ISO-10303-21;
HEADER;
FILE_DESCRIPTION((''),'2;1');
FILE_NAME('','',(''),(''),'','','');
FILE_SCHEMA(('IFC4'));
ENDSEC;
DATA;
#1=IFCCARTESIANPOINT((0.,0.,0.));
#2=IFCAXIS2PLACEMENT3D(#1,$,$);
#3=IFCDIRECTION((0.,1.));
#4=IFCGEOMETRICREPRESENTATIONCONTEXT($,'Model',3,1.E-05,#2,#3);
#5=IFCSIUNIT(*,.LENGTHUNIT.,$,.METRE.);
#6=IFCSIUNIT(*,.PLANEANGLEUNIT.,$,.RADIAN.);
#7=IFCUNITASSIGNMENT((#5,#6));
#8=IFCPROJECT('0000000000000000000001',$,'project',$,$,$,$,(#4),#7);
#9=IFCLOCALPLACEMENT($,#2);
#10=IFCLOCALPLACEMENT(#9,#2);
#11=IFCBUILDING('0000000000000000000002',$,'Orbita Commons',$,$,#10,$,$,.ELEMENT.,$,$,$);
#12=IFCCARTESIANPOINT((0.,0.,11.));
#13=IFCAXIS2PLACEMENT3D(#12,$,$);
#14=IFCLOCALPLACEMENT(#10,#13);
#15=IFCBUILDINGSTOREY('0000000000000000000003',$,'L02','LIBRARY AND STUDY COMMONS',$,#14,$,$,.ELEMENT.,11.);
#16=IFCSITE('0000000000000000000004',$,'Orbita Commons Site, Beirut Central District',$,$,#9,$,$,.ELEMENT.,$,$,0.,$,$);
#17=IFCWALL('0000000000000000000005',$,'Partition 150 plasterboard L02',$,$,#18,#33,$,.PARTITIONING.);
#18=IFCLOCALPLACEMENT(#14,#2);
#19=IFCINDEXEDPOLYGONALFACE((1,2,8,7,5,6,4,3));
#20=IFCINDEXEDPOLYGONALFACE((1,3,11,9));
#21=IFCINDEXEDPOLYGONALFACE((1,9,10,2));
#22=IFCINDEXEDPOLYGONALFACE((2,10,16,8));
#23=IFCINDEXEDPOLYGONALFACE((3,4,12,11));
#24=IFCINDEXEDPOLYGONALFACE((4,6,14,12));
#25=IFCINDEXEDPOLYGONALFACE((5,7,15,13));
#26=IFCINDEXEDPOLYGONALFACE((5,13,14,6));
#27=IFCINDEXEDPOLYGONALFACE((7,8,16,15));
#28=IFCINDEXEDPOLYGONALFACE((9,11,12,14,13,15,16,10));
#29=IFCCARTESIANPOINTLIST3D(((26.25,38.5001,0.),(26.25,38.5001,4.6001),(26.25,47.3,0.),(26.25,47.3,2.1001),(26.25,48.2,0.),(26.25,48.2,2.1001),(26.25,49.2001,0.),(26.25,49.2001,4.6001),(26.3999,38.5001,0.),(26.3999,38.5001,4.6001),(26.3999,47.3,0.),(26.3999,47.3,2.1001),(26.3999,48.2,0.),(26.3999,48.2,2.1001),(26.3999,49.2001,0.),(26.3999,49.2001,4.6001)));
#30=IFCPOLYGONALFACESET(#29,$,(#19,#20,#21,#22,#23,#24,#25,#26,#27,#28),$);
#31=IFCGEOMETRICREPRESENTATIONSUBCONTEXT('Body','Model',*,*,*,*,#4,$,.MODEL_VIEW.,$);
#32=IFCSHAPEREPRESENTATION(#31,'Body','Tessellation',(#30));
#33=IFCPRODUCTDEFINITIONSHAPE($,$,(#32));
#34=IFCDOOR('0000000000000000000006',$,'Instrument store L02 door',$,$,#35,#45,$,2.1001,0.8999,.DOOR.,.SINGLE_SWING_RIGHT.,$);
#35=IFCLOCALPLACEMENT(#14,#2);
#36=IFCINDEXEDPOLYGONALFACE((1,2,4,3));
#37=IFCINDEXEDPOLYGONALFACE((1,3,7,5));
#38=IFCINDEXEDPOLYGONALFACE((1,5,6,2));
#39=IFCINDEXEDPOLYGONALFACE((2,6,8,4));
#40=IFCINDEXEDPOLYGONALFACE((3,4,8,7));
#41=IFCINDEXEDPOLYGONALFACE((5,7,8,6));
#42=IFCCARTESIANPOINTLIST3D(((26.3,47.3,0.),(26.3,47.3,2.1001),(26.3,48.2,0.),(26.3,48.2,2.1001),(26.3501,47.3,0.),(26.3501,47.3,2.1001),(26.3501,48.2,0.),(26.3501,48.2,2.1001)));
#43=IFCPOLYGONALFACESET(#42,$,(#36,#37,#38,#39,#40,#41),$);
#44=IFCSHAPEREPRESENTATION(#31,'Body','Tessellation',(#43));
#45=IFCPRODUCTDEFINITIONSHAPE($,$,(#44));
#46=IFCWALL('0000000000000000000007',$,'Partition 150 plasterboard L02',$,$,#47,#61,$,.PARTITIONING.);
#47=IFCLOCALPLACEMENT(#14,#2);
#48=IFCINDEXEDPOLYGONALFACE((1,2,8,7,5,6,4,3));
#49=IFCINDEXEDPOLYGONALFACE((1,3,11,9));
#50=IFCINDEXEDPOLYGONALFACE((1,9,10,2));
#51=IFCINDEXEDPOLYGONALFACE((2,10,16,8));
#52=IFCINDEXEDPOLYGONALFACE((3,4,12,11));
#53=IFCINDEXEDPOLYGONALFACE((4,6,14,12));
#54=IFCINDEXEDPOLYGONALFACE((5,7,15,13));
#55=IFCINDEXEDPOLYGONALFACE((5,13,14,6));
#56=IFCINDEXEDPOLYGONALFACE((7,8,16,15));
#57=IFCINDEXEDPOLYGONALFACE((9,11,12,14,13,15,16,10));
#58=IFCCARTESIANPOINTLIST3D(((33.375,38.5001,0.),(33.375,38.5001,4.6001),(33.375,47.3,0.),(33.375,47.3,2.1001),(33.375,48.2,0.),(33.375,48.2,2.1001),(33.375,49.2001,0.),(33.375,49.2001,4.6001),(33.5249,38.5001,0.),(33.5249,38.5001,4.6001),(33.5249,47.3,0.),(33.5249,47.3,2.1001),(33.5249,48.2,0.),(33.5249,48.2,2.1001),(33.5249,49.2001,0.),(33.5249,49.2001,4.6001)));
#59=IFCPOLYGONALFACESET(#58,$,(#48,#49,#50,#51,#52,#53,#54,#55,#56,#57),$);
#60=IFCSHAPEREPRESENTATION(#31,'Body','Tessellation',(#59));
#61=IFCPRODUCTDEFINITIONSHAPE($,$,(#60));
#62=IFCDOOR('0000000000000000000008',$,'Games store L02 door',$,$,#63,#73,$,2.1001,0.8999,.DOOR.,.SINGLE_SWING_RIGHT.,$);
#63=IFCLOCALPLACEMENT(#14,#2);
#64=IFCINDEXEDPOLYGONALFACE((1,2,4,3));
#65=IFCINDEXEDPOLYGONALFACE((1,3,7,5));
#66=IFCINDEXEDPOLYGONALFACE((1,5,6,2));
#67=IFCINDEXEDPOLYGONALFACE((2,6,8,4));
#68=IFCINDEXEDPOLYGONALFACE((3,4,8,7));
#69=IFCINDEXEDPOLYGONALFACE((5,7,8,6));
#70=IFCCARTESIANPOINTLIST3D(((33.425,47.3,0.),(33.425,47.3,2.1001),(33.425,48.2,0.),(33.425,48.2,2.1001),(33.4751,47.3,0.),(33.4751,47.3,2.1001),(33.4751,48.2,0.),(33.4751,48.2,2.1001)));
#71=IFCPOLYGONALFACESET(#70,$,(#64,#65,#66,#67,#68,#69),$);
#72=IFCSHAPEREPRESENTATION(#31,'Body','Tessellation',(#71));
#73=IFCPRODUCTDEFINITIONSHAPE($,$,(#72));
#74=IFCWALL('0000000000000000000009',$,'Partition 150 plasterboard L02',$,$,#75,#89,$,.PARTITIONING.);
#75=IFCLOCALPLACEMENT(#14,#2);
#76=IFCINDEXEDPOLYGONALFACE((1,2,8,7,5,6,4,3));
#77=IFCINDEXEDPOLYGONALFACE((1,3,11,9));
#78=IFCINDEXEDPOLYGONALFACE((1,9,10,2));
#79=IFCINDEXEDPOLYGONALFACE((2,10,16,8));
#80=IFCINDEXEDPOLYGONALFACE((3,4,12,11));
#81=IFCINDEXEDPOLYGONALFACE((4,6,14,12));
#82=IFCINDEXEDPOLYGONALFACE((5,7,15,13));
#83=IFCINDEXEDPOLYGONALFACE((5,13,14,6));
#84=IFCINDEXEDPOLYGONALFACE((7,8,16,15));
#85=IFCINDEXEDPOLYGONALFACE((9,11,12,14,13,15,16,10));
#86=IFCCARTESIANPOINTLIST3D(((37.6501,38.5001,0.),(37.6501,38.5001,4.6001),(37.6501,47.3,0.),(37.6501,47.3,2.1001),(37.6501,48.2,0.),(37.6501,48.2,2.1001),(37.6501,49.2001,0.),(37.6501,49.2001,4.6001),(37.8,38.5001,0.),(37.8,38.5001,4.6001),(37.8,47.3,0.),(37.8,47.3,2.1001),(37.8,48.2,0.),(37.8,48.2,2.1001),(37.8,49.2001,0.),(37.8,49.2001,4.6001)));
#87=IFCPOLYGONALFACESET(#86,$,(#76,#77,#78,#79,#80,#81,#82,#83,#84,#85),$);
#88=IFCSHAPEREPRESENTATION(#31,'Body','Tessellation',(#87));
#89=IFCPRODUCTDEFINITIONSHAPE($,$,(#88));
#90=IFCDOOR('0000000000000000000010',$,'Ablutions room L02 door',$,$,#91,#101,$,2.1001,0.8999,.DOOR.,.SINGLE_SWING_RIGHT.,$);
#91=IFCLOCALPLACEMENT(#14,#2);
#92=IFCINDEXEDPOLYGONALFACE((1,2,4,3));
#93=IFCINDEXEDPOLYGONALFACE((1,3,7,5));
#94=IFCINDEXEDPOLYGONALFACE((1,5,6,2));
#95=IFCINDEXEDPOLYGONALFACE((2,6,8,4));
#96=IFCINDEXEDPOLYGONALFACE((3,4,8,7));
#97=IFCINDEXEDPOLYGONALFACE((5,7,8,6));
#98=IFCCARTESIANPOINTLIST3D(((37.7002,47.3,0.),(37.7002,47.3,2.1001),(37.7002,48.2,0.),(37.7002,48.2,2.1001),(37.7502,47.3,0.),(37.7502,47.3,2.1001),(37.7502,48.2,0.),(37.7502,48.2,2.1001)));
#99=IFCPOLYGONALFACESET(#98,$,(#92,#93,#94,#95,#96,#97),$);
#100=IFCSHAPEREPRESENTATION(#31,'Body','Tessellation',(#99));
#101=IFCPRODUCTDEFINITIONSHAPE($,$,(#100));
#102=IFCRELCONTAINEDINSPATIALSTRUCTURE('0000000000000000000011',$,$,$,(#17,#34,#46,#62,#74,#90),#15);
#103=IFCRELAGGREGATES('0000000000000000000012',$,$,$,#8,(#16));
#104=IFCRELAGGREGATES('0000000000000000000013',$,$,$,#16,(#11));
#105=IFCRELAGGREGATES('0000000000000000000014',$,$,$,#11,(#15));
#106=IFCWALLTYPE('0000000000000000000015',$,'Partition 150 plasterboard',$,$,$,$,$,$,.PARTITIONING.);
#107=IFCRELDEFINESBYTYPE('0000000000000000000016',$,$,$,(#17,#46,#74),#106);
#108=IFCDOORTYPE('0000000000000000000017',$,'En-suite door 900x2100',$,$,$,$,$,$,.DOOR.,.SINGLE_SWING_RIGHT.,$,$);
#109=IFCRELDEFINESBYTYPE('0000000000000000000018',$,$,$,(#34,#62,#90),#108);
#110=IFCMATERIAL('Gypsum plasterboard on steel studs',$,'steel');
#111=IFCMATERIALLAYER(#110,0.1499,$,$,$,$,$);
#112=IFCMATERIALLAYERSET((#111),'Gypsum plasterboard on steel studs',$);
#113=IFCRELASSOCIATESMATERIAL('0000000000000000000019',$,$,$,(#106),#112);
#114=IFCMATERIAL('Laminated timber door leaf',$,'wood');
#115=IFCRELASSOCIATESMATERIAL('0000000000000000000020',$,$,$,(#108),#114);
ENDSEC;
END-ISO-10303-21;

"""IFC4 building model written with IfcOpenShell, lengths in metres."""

from ifc_helpers import new_model, si_unit, direction, frame, frame_2d, origin, place, context, subcontext, project, spatial, rectangle, extrude, material, layer, layer_set, type_object, element, fill, save


model = new_model("IFC4")

# Units and contexts
model_context = context("Model", 3, precision=1e-05, world=origin(), true_north=direction((0.0, 1.0)))
body_context = subcontext(model_context, "Body", "Model", "MODEL_VIEW")
ifc_project = project(units=[si_unit("LENGTHUNIT", "METRE"), si_unit("PLANEANGLEUNIT", "RADIAN")], contexts=[model_context])

# Site, building, storey
site_placement = place(None, origin())
site = spatial("IfcSite", under=ifc_project, at=site_placement, Name="Orbita Commons Site, Beirut Central District", CompositionType="ELEMENT", RefElevation=0.0)
building_placement = place(site_placement, origin())
building = spatial("IfcBuilding", under=site, at=building_placement, Name="Orbita Commons", CompositionType="ELEMENT")
storey_placement = place(building_placement, frame((0.0, 0.0, 11.0)))
storey = spatial("IfcBuildingStorey", under=building, at=storey_placement, Name="L02", Description="LIBRARY AND STUDY COMMONS", CompositionType="ELEMENT", Elevation=11.0)

# Walls, openings, doors
ifc_material_1 = material(Name="Gypsum plasterboard on steel studs", Category="steel")
ifc_layer_1 = layer(ifc_material_1, 0.1499)
ifc_layer_set_1 = layer_set([ifc_layer_1], Name="Gypsum plasterboard on steel studs")
wall_type_1 = type_object("IfcWallType", Name="Partition 150 plasterboard", PredefinedType="PARTITIONING", material=ifc_layer_set_1)
wall_1_placement = place(storey_placement, frame((26.325, 38.5, 0.0), z_axis=(0.0, 0.0, 1.0), x_axis=(0.0, 1.0, 0.0)))
wall_1 = element("IfcWall", 1, at=wall_1_placement, inside=storey, type_object=wall_type_1, Name="Partition 150 plasterboard L02", PredefinedType="PARTITIONING", context=body_context, shape_type="SweptSolid", body=[
    extrude(rectangle(XDim=10.7, YDim=0.1499, at=frame_2d((5.3501, 0.0))), origin(), (0.0, 0.0, 1.0), 4.6001),
])
opening_1_placement = place(wall_1_placement, frame((8.8, 0.0, 0.0)))
opening_1 = element("IfcOpeningElement", 2, at=opening_1_placement, cuts=wall_1, PredefinedType="OPENING", context=body_context, shape_type="SweptSolid", body=[
    extrude(rectangle(XDim=0.8999, YDim=2.1001, at=frame_2d((0.45, 1.05))), frame((0.0, 0.085, 0.0), z_axis=(0.0, -1.0, 0.0), x_axis=(1.0, 0.0, 0.0)), (0.0, 0.0, 1.0), 0.1699),
])
ifc_material_2 = material(Name="Laminated timber door leaf", Category="wood")
door_type_1 = type_object("IfcDoorType", Name="En-suite door 900x2100", OperationType="SINGLE_SWING_RIGHT", PredefinedType="DOOR", material=ifc_material_2)
door_1_placement = place(opening_1_placement, origin())
door_1 = element("IfcDoor", 3, at=door_1_placement, inside=storey, type_object=door_type_1, Name="Instrument store L02 door", OperationType="SINGLE_SWING_RIGHT", OverallHeight=2.1001, OverallWidth=0.8999, PredefinedType="DOOR", context=body_context, shape_type="SweptSolid", body=[
    extrude(rectangle(XDim=0.8999, YDim=2.1001, at=frame_2d((0.45, 1.05))), frame((0.0, 0.0249, 0.0), z_axis=(0.0, -1.0, 0.0), x_axis=(1.0, 0.0, 0.0)), (0.0, 0.0, 1.0), 0.05),
])
fill(opening_1, door_1)
wall_2_placement = place(storey_placement, frame((33.45, 38.5, 0.0), z_axis=(0.0, 0.0, 1.0), x_axis=(0.0, 1.0, 0.0)))
wall_2 = element("IfcWall", 4, at=wall_2_placement, inside=storey, type_object=wall_type_1, Name="Partition 150 plasterboard L02", PredefinedType="PARTITIONING", context=body_context, shape_type="SweptSolid", body=[
    extrude(rectangle(XDim=10.7, YDim=0.1499, at=frame_2d((5.3501, 0.0))), origin(), (0.0, 0.0, 1.0), 4.6001),
])
opening_2_placement = place(wall_2_placement, frame((8.8, 0.0, 0.0)))
opening_2 = element("IfcOpeningElement", 5, at=opening_2_placement, cuts=wall_2, PredefinedType="OPENING", context=body_context, shape_type="SweptSolid", body=[
    extrude(rectangle(XDim=0.8999, YDim=2.1001, at=frame_2d((0.45, 1.05))), frame((0.0, 0.085, 0.0), z_axis=(0.0, -1.0, 0.0), x_axis=(1.0, 0.0, 0.0)), (0.0, 0.0, 1.0), 0.1699),
])
door_2_placement = place(opening_2_placement, origin())
door_2 = element("IfcDoor", 6, at=door_2_placement, inside=storey, type_object=door_type_1, Name="Games store L02 door", OperationType="SINGLE_SWING_RIGHT", OverallHeight=2.1001, OverallWidth=0.8999, PredefinedType="DOOR", context=body_context, shape_type="SweptSolid", body=[
    extrude(rectangle(XDim=0.8999, YDim=2.1001, at=frame_2d((0.45, 1.05))), frame((0.0, 0.0249, 0.0), z_axis=(0.0, -1.0, 0.0), x_axis=(1.0, 0.0, 0.0)), (0.0, 0.0, 1.0), 0.05),
])
fill(opening_2, door_2)
wall_3_placement = place(storey_placement, frame((37.7251, 38.5, 0.0), z_axis=(0.0, 0.0, 1.0), x_axis=(0.0, 1.0, 0.0)))
wall_3 = element("IfcWall", 7, at=wall_3_placement, inside=storey, type_object=wall_type_1, Name="Partition 150 plasterboard L02", PredefinedType="PARTITIONING", context=body_context, shape_type="SweptSolid", body=[
    extrude(rectangle(XDim=10.7, YDim=0.1499, at=frame_2d((5.3501, 0.0))), origin(), (0.0, 0.0, 1.0), 4.6001),
])
opening_3_placement = place(wall_3_placement, frame((8.8, 0.0, 0.0)))
opening_3 = element("IfcOpeningElement", 8, at=opening_3_placement, cuts=wall_3, PredefinedType="OPENING", context=body_context, shape_type="SweptSolid", body=[
    extrude(rectangle(XDim=0.8999, YDim=2.1001, at=frame_2d((0.45, 1.05))), frame((0.0, 0.085, 0.0), z_axis=(0.0, -1.0, 0.0), x_axis=(1.0, 0.0, 0.0)), (0.0, 0.0, 1.0), 0.1699),
])
door_3_placement = place(opening_3_placement, origin())
door_3 = element("IfcDoor", 9, at=door_3_placement, inside=storey, type_object=door_type_1, Name="Ablutions room L02 door", OperationType="SINGLE_SWING_RIGHT", OverallHeight=2.1001, OverallWidth=0.8999, PredefinedType="DOOR", context=body_context, shape_type="SweptSolid", body=[
    extrude(rectangle(XDim=0.8999, YDim=2.1001, at=frame_2d((0.45, 1.05))), frame((0.0, 0.0249, 0.0), z_axis=(0.0, -1.0, 0.0), x_axis=(1.0, 0.0, 0.0)), (0.0, 0.0, 1.0), 0.05),
])
fill(opening_3, door_3)

save(model, "model.ifc")
